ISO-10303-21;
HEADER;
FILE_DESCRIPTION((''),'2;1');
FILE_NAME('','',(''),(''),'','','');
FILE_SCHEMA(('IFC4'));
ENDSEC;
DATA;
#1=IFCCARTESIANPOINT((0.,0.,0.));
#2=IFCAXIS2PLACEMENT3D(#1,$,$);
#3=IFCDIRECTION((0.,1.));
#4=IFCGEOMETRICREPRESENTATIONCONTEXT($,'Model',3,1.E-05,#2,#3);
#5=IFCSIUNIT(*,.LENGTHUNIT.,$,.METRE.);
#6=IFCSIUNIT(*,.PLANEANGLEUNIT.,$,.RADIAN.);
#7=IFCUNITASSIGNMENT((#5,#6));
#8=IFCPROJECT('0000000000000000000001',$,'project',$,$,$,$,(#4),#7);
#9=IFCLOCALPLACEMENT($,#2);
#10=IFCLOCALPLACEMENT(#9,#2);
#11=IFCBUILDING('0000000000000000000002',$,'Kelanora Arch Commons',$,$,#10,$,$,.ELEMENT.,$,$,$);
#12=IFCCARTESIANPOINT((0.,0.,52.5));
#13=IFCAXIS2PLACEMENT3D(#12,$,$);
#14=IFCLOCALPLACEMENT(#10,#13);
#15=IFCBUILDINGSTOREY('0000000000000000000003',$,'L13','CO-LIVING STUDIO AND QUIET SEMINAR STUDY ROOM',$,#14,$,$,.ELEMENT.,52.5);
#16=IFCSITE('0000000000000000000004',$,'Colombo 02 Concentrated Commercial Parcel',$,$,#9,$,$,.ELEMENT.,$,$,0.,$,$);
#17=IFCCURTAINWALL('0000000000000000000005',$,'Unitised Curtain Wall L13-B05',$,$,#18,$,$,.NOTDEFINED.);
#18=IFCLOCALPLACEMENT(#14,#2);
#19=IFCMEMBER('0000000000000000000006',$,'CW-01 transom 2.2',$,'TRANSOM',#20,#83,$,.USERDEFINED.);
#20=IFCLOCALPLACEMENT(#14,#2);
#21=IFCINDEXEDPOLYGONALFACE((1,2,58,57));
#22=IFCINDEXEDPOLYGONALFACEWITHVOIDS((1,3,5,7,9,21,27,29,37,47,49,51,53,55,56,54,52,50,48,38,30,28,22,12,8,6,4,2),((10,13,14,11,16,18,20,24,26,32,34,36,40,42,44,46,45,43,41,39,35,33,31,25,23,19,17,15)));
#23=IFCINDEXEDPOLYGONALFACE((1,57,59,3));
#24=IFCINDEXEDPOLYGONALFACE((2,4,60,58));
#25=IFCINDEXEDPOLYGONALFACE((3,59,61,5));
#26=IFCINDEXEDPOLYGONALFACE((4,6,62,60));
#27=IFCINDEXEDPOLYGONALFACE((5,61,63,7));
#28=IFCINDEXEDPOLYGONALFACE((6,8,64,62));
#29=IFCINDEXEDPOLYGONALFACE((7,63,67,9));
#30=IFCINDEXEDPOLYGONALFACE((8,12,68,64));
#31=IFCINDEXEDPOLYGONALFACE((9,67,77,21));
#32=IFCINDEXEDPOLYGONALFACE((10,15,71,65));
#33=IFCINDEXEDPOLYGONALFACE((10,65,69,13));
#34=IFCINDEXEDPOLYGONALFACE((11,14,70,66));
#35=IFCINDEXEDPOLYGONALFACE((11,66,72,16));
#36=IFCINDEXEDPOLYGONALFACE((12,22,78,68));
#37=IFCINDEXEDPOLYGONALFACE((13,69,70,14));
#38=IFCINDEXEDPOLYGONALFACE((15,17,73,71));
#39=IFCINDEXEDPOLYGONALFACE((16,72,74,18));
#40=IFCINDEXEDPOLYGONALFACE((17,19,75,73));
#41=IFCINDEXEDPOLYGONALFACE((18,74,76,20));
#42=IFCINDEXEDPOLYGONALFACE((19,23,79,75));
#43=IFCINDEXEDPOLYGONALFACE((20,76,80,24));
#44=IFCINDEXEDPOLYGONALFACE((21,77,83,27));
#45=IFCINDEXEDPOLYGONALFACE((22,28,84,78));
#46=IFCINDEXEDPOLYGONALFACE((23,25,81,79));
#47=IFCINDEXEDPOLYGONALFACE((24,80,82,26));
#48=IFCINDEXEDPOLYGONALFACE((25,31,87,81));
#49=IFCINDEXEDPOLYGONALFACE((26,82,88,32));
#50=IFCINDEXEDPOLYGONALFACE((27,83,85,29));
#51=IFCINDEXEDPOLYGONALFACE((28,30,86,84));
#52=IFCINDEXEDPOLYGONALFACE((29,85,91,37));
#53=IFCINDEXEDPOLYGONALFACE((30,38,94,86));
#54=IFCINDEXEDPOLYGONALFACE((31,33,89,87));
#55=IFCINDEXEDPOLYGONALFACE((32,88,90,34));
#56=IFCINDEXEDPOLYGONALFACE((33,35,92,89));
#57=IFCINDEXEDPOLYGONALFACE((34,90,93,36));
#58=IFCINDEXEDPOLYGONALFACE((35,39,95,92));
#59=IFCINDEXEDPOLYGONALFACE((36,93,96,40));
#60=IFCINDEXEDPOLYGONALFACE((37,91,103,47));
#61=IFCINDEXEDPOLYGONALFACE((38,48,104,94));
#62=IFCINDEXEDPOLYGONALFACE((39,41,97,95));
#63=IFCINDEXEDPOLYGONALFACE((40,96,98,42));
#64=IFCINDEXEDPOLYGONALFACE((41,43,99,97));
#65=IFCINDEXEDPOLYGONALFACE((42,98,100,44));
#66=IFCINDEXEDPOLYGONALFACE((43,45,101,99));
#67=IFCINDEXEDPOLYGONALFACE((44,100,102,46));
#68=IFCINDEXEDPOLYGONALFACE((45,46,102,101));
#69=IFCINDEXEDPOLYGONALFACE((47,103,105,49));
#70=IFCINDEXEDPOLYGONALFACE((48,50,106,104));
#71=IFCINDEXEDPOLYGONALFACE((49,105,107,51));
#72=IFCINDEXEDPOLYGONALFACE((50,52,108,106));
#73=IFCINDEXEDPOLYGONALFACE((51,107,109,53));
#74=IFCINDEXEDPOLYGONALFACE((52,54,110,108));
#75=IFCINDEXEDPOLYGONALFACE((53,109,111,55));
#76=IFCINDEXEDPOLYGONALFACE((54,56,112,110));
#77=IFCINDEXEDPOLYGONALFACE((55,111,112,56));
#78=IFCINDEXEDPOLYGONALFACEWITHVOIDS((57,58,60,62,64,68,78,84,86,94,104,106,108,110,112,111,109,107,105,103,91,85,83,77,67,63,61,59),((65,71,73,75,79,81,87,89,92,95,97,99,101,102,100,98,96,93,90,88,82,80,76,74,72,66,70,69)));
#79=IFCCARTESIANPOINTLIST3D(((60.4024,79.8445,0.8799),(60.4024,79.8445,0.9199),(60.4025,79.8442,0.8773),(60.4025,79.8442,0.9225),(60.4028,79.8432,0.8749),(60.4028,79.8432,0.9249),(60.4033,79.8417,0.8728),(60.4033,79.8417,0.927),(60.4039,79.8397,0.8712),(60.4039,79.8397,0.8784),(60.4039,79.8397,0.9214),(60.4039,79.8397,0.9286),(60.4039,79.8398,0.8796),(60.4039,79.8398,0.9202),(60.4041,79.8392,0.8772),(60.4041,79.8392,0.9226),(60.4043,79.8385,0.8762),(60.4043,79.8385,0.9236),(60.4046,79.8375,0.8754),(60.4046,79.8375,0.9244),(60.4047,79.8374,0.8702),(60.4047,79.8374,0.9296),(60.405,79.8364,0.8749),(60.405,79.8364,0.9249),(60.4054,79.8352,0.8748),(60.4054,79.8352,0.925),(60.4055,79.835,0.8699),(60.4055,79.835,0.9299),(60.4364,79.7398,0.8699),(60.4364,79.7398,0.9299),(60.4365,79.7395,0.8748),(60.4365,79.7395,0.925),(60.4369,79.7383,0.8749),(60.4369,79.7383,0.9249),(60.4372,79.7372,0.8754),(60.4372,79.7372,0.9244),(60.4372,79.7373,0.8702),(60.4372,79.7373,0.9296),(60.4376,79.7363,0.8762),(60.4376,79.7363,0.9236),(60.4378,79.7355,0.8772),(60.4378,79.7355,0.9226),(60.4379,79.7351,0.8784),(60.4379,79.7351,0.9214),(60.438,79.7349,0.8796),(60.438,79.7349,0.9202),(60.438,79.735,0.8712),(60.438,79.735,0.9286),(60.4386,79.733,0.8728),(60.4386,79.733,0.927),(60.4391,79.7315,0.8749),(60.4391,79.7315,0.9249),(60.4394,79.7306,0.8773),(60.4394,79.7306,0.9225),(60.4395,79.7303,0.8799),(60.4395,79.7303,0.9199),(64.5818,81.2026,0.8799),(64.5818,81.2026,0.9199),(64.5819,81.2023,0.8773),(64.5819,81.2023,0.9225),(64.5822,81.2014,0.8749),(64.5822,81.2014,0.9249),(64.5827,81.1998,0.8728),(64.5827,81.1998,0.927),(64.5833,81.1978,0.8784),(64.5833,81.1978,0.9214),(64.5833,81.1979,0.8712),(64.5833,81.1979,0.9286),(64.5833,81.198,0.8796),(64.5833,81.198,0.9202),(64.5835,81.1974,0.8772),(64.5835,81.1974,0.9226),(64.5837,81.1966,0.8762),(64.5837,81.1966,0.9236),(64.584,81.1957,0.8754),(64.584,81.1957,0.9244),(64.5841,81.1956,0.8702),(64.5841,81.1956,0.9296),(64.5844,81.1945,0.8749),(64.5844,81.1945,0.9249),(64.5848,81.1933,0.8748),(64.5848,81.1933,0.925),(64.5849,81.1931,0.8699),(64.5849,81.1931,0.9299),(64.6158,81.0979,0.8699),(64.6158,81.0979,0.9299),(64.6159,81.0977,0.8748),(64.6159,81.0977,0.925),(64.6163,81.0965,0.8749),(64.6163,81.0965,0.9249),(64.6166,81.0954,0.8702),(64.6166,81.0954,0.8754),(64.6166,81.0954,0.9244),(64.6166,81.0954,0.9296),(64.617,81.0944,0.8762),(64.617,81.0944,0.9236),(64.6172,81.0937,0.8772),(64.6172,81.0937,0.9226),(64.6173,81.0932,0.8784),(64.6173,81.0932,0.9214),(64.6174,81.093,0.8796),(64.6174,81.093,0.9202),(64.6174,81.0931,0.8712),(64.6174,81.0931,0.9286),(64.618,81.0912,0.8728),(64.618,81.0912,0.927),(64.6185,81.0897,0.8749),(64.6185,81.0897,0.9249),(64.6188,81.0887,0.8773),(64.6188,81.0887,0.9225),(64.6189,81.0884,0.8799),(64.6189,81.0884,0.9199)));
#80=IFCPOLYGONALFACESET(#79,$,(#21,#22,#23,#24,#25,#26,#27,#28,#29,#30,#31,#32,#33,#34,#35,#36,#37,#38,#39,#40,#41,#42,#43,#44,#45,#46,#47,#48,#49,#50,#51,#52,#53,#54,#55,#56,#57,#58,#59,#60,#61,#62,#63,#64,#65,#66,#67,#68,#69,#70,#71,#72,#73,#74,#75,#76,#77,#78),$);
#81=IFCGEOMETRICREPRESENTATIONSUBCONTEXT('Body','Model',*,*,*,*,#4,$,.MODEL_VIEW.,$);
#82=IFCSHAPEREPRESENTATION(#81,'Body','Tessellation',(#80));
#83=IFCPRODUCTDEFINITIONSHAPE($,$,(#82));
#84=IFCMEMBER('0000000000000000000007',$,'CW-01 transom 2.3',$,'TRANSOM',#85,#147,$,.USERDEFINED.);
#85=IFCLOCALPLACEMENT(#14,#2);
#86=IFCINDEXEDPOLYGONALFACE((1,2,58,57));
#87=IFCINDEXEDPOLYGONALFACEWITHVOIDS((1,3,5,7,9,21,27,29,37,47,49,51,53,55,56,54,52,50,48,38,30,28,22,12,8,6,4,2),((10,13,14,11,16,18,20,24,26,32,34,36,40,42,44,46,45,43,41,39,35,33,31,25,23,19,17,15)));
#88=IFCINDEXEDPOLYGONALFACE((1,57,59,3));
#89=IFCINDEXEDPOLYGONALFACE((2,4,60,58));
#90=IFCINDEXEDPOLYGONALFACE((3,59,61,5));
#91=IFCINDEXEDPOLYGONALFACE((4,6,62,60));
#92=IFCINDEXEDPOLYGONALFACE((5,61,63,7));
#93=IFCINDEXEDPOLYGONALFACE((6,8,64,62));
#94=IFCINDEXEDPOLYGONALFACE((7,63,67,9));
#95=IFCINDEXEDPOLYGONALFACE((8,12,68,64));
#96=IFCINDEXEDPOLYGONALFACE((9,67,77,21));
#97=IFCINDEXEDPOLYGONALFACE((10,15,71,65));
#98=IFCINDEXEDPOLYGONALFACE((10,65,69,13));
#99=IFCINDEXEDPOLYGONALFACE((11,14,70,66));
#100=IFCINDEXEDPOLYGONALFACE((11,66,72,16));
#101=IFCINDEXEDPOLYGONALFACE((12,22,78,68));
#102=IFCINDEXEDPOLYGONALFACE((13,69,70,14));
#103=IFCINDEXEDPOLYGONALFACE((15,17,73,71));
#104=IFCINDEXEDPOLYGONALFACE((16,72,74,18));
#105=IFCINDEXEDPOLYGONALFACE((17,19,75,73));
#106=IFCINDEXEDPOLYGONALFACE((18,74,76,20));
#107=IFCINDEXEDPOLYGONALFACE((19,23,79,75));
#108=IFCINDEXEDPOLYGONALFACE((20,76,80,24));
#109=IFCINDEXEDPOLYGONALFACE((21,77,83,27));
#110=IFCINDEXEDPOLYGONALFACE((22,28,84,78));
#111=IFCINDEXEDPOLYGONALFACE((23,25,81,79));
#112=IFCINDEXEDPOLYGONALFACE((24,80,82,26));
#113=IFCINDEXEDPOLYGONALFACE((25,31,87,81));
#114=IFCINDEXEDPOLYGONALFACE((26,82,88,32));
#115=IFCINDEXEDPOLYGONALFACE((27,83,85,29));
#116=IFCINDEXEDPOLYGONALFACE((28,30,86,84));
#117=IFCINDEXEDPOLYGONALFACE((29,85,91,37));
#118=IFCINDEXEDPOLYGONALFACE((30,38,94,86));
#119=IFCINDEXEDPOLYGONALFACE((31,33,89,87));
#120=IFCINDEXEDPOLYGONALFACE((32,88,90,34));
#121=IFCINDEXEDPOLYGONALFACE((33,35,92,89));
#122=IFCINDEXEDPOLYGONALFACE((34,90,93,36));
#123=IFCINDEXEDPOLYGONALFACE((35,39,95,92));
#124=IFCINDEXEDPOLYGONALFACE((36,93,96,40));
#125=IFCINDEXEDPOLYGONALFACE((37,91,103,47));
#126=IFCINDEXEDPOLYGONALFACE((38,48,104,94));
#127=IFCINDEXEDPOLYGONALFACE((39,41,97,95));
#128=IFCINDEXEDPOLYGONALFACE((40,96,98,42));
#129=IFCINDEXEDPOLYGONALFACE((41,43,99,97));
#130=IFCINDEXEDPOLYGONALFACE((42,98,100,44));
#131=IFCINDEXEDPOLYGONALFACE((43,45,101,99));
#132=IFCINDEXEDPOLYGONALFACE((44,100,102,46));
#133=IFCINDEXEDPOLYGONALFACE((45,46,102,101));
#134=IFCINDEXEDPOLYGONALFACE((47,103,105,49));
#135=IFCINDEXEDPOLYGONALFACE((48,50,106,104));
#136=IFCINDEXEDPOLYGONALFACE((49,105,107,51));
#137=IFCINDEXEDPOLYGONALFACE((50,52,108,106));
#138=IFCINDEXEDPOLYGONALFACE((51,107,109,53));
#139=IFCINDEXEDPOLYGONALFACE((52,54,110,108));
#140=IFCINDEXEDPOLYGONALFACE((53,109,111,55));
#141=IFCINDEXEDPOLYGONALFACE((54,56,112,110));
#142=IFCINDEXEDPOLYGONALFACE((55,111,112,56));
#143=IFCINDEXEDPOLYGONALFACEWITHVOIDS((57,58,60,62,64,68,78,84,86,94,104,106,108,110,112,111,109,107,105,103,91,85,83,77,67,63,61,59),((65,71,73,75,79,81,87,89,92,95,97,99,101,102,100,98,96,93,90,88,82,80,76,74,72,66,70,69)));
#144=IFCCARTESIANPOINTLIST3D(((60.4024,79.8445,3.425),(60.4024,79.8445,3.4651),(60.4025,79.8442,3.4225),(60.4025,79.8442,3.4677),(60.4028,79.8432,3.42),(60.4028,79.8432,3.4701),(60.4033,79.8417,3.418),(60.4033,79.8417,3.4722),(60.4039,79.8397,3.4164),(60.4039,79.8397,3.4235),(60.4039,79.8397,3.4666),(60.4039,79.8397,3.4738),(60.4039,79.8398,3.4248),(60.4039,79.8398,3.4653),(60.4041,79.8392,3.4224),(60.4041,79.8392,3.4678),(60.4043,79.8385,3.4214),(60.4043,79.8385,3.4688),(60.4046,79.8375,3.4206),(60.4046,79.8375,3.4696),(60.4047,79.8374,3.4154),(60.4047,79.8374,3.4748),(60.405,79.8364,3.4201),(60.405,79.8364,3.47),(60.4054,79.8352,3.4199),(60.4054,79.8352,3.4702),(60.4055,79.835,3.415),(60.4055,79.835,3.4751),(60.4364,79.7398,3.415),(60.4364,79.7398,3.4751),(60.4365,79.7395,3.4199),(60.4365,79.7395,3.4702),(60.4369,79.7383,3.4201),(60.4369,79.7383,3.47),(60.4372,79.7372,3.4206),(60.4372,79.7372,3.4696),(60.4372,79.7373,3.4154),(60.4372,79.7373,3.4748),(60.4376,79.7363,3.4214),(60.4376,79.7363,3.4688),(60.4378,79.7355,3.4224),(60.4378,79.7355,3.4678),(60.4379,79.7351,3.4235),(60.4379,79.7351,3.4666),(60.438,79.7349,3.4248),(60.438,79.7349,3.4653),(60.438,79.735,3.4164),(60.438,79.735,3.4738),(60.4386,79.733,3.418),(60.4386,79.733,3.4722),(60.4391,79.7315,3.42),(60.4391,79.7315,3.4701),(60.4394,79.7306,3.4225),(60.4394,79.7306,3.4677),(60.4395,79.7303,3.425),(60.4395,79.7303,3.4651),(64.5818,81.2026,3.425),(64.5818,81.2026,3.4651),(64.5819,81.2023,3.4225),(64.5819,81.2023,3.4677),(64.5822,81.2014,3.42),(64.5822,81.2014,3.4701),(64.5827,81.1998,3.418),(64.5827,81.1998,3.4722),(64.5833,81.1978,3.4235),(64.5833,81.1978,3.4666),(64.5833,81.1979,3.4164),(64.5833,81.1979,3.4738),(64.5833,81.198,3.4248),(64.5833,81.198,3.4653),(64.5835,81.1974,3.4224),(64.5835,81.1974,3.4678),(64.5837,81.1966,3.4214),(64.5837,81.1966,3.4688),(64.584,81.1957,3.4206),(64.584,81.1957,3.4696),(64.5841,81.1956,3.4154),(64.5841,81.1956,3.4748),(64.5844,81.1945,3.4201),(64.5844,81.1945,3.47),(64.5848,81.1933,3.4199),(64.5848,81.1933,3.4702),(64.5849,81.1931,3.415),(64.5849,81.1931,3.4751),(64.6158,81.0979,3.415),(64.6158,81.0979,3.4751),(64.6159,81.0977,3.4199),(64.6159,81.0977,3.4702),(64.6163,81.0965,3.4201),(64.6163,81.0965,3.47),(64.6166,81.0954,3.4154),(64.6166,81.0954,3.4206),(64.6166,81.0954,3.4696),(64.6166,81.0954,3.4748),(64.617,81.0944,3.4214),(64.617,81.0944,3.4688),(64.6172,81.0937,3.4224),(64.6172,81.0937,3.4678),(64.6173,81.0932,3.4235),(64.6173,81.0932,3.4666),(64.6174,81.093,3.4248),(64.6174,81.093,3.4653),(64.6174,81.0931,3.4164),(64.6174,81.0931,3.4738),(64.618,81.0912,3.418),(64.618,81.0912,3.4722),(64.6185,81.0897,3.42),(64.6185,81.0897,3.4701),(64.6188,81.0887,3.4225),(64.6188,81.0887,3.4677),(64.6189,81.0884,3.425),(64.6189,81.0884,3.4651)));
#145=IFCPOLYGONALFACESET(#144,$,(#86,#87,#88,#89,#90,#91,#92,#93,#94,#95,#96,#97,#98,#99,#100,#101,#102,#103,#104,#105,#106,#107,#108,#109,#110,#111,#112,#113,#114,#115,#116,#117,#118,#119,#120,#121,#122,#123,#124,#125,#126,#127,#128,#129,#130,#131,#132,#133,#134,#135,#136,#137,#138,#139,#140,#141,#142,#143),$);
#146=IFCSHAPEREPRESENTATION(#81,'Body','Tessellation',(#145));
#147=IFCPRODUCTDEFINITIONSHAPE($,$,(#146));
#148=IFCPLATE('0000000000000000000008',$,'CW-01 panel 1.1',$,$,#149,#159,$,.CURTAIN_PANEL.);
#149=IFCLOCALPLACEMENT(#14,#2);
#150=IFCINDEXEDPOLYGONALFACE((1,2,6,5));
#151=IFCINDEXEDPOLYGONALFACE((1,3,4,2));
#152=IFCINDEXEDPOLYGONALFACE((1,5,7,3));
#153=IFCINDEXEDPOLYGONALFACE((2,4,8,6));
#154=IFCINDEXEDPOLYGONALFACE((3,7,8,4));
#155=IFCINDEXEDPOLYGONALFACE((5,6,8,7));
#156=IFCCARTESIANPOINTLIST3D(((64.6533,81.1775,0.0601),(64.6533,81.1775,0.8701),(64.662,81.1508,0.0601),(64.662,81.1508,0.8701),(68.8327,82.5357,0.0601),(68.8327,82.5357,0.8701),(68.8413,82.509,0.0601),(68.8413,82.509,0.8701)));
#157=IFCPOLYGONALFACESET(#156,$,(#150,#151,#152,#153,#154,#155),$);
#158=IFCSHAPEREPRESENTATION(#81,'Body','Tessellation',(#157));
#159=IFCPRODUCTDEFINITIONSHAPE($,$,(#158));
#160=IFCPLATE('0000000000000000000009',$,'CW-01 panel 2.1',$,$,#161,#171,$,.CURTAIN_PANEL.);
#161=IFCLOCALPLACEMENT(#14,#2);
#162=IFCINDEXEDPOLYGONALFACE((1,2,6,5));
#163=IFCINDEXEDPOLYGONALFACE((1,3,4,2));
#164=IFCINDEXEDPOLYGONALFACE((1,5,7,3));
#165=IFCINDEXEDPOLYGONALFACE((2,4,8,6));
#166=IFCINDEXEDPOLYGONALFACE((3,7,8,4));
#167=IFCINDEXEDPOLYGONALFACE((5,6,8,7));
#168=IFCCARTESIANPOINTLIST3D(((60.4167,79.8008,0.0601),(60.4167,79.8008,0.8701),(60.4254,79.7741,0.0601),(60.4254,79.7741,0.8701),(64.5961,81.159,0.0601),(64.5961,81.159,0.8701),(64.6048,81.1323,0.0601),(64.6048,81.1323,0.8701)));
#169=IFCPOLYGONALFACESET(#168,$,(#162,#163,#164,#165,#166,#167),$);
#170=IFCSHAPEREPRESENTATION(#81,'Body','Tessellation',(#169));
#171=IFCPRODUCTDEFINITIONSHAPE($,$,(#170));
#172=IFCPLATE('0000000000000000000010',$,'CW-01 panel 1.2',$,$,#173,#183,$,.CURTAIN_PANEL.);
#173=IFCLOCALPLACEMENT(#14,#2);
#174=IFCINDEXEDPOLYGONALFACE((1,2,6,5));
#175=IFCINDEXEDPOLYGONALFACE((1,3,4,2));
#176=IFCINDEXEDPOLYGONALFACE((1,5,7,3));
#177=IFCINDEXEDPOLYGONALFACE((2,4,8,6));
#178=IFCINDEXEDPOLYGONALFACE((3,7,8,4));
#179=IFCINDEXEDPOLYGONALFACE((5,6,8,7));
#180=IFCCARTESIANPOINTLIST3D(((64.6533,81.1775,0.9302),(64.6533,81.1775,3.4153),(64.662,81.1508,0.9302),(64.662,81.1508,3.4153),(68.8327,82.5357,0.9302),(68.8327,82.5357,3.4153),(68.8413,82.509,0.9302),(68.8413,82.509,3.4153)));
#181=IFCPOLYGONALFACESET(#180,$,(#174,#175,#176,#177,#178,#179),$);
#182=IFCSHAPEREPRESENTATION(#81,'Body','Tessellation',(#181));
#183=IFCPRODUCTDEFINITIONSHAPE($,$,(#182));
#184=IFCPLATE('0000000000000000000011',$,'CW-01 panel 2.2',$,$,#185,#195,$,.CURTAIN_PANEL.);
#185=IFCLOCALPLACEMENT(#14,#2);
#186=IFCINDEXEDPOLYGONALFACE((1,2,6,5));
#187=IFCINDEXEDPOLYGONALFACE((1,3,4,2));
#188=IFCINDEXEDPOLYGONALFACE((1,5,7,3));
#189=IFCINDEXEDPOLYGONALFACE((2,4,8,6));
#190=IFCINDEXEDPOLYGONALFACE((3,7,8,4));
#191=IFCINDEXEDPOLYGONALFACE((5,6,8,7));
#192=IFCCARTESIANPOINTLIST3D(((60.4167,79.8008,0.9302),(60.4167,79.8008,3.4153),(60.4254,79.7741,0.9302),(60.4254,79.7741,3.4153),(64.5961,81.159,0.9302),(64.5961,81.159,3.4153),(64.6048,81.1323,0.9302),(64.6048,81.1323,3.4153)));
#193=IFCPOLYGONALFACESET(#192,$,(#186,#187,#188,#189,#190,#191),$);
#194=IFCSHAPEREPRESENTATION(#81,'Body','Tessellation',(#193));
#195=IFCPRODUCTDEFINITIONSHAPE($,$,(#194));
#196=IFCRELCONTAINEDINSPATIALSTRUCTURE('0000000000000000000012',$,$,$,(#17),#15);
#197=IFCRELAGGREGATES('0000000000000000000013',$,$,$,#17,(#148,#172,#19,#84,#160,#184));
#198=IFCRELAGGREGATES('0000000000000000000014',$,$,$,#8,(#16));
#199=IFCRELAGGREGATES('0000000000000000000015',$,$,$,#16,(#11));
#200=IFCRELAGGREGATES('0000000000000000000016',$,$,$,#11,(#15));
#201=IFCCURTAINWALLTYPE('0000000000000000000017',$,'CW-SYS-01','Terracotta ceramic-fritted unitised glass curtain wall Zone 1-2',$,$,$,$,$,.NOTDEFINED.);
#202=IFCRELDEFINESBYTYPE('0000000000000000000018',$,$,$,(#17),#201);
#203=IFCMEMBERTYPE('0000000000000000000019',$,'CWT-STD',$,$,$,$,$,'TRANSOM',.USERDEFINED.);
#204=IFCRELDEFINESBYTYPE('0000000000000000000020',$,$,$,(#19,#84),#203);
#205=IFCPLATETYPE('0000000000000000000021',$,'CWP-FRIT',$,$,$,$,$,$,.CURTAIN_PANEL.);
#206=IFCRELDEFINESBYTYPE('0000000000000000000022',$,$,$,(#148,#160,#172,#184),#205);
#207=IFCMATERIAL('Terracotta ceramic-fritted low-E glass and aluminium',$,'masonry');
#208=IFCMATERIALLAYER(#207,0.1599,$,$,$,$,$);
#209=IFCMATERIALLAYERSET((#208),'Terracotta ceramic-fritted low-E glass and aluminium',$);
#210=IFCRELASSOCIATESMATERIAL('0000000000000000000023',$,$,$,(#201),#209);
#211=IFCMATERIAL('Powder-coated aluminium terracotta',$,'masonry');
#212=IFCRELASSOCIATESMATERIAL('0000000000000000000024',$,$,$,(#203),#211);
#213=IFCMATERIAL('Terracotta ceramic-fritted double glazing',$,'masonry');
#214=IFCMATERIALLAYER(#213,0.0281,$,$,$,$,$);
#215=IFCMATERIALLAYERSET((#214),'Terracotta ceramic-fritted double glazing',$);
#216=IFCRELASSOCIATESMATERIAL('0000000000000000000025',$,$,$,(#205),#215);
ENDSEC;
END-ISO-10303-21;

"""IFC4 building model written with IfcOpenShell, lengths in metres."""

from ifc_helpers import new_model, si_unit, direction, frame, origin, origin_2d, place, context, subcontext, project, spatial, rectangle, hollow_rectangle, extrude, source, transform, mapped, material, layer, layer_set, material_profile, profile_set, type_object, element, aggregate, save


model = new_model("IFC4")

# Units and contexts
model_context = context("Model", 3, precision=1e-05, world=origin(), true_north=direction((0.0, 1.0)))
body_context = subcontext(model_context, "Body", "Model", "MODEL_VIEW")
ifc_project = project(units=[si_unit("LENGTHUNIT", "METRE"), si_unit("PLANEANGLEUNIT", "RADIAN")], contexts=[model_context])

# Site, building, storey
site_placement = place(None, origin())
site = spatial("IfcSite", under=ifc_project, at=site_placement, Name="Colombo 02 Concentrated Commercial Parcel", CompositionType="ELEMENT", RefElevation=0.0)
building_placement = place(site_placement, origin())
building = spatial("IfcBuilding", under=site, at=building_placement, Name="Kelanora Arch Commons", CompositionType="ELEMENT")
storey_placement = place(building_placement, frame((0.0, 0.0, 52.5)))
storey = spatial("IfcBuildingStorey", under=building, at=storey_placement, Name="L13", Description="CO-LIVING STUDIO AND QUIET SEMINAR STUDY ROOM", CompositionType="ELEMENT", Elevation=52.5)

# Curtain wall, members, plates
ifc_material_1 = material(Name="Terracotta ceramic-fritted low-E glass and aluminium", Category="masonry")
ifc_layer_1 = layer(ifc_material_1, 0.1599)
ifc_layer_set_1 = layer_set([ifc_layer_1], Name="Terracotta ceramic-fritted low-E glass and aluminium")
curtain_wall_type = type_object("IfcCurtainWallType", Name="CW-SYS-01", Description="Terracotta ceramic-fritted unitised glass curtain wall Zone 1-2", PredefinedType="NOTDEFINED", material=ifc_layer_set_1)
curtain_wall_placement = place(storey_placement, origin())
curtain_wall = element("IfcCurtainWall", 1, at=curtain_wall_placement, inside=storey, type_object=curtain_wall_type, Name="Unitised Curtain Wall L13-B05", PredefinedType="NOTDEFINED")
ifc_material_2 = material(Name="Powder-coated aluminium terracotta", Category="masonry")
ifc_material_profile_1 = material_profile(ifc_material_2, hollow_rectangle(XDim=0.1201, YDim=0.0601, WallThickness=0.0049, InnerFilletRadius=0.0049, OuterFilletRadius=0.01, at=origin_2d()), Name="CWT120x60")
ifc_profile_set_1 = profile_set([ifc_material_profile_1], Name="Powder-coated aluminium terracotta")
member_type_1 = type_object("IfcMemberType", Name="CWT-STD", ElementType="TRANSOM", PredefinedType="USERDEFINED", material=ifc_profile_set_1)
member_1_placement = place(storey_placement, frame((64.6003, 81.1455, 0.8999), z_axis=(-0.951045, -0.309052, 0.0), x_axis=(0.309052, -0.951045, 0.0)))
member_1 = element("IfcMember", 2, at=member_1_placement, type_object=member_type_1, Name="CW-01 transom 2.2", ObjectType="TRANSOM", PredefinedType="USERDEFINED", context=body_context, shape_type="SweptSolid", body=[
    extrude(hollow_rectangle(XDim=0.1201, YDim=0.0601, WallThickness=0.0049, InnerFilletRadius=0.0049, OuterFilletRadius=0.01, at=origin_2d()), origin(), (0.0, 0.0, 1.0), 4.3945),
])
member_2_placement = place(storey_placement, frame((64.6003, 81.1455, 3.4451), z_axis=(-0.951045, -0.309052, 0.0), x_axis=(0.309052, -0.951045, 0.0)))
member_2 = element("IfcMember", 3, at=member_2_placement, type_object=member_type_1, Name="CW-01 transom 2.3", ObjectType="TRANSOM", PredefinedType="USERDEFINED", context=body_context, shape_type="SweptSolid", body=[
    extrude(hollow_rectangle(XDim=0.1201, YDim=0.0601, WallThickness=0.0049, InnerFilletRadius=0.0049, OuterFilletRadius=0.01, at=origin_2d()), origin(), (0.0, 0.0, 1.0), 4.3945),
])
ifc_material_3 = material(Name="Terracotta ceramic-fritted double glazing", Category="masonry")
ifc_layer_2 = layer(ifc_material_3, 0.0281)
ifc_layer_set_2 = layer_set([ifc_layer_2], Name="Terracotta ceramic-fritted double glazing")
plate_type = type_object("IfcPlateType", Name="CWP-FRIT", PredefinedType="CURTAIN_PANEL", material=ifc_layer_set_2)
shared_shape_1 = source(origin(), body_context, "Body", "SweptSolid", [
    extrude(rectangle(XDim=4.3945, YDim=0.0281, at=origin_2d()), origin(), (0.0, 0.0, 1.0), 0.8101),
])
plate_1_placement = place(storey_placement, frame((66.7473, 81.8433, 0.0601), z_axis=(0.0, 0.0, 1.0), x_axis=(-0.951043, -0.309058, 0.0)))
plate_1 = element("IfcPlate", 4, at=plate_1_placement, type_object=plate_type, Name="CW-01 panel 1.1", PredefinedType="CURTAIN_PANEL", context=body_context, shape_type="MappedRepresentation", body=[
    mapped(shared_shape_1, transform((0.0, 0.0, 0.0), scale=1.0)),
])
plate_2_placement = place(storey_placement, frame((62.5107, 80.4666, 0.0601), z_axis=(0.0, 0.0, 1.0), x_axis=(-0.951043, -0.309058, 0.0)))
plate_2 = element("IfcPlate", 5, at=plate_2_placement, type_object=plate_type, Name="CW-01 panel 2.1", PredefinedType="CURTAIN_PANEL", context=body_context, shape_type="MappedRepresentation", body=[
    mapped(shared_shape_1, transform((0.0, 0.0, 0.0), scale=1.0)),
])
shared_shape_2 = source(origin(), body_context, "Body", "SweptSolid", [
    extrude(rectangle(XDim=4.3945, YDim=0.0281, at=origin_2d()), origin(), (0.0, 0.0, 1.0), 2.4851),
])
plate_3_placement = place(storey_placement, frame((66.7473, 81.8433, 0.9302), z_axis=(0.0, 0.0, 1.0), x_axis=(-0.951043, -0.309058, 0.0)))
plate_3 = element("IfcPlate", 6, at=plate_3_placement, type_object=plate_type, Name="CW-01 panel 1.2", PredefinedType="CURTAIN_PANEL", context=body_context, shape_type="MappedRepresentation", body=[
    mapped(shared_shape_2, transform((0.0, 0.0, 0.0), scale=1.0)),
])
plate_4_placement = place(storey_placement, frame((62.5107, 80.4666, 0.9302), z_axis=(0.0, 0.0, 1.0), x_axis=(-0.951043, -0.309058, 0.0)))
plate_4 = element("IfcPlate", 7, at=plate_4_placement, type_object=plate_type, Name="CW-01 panel 2.2", PredefinedType="CURTAIN_PANEL", context=body_context, shape_type="MappedRepresentation", body=[
    mapped(shared_shape_2, transform((0.0, 0.0, 0.0), scale=1.0)),
])
aggregate(curtain_wall, [plate_1, plate_3, member_1, member_2, plate_2, plate_4])

save(model, "model.ifc")
